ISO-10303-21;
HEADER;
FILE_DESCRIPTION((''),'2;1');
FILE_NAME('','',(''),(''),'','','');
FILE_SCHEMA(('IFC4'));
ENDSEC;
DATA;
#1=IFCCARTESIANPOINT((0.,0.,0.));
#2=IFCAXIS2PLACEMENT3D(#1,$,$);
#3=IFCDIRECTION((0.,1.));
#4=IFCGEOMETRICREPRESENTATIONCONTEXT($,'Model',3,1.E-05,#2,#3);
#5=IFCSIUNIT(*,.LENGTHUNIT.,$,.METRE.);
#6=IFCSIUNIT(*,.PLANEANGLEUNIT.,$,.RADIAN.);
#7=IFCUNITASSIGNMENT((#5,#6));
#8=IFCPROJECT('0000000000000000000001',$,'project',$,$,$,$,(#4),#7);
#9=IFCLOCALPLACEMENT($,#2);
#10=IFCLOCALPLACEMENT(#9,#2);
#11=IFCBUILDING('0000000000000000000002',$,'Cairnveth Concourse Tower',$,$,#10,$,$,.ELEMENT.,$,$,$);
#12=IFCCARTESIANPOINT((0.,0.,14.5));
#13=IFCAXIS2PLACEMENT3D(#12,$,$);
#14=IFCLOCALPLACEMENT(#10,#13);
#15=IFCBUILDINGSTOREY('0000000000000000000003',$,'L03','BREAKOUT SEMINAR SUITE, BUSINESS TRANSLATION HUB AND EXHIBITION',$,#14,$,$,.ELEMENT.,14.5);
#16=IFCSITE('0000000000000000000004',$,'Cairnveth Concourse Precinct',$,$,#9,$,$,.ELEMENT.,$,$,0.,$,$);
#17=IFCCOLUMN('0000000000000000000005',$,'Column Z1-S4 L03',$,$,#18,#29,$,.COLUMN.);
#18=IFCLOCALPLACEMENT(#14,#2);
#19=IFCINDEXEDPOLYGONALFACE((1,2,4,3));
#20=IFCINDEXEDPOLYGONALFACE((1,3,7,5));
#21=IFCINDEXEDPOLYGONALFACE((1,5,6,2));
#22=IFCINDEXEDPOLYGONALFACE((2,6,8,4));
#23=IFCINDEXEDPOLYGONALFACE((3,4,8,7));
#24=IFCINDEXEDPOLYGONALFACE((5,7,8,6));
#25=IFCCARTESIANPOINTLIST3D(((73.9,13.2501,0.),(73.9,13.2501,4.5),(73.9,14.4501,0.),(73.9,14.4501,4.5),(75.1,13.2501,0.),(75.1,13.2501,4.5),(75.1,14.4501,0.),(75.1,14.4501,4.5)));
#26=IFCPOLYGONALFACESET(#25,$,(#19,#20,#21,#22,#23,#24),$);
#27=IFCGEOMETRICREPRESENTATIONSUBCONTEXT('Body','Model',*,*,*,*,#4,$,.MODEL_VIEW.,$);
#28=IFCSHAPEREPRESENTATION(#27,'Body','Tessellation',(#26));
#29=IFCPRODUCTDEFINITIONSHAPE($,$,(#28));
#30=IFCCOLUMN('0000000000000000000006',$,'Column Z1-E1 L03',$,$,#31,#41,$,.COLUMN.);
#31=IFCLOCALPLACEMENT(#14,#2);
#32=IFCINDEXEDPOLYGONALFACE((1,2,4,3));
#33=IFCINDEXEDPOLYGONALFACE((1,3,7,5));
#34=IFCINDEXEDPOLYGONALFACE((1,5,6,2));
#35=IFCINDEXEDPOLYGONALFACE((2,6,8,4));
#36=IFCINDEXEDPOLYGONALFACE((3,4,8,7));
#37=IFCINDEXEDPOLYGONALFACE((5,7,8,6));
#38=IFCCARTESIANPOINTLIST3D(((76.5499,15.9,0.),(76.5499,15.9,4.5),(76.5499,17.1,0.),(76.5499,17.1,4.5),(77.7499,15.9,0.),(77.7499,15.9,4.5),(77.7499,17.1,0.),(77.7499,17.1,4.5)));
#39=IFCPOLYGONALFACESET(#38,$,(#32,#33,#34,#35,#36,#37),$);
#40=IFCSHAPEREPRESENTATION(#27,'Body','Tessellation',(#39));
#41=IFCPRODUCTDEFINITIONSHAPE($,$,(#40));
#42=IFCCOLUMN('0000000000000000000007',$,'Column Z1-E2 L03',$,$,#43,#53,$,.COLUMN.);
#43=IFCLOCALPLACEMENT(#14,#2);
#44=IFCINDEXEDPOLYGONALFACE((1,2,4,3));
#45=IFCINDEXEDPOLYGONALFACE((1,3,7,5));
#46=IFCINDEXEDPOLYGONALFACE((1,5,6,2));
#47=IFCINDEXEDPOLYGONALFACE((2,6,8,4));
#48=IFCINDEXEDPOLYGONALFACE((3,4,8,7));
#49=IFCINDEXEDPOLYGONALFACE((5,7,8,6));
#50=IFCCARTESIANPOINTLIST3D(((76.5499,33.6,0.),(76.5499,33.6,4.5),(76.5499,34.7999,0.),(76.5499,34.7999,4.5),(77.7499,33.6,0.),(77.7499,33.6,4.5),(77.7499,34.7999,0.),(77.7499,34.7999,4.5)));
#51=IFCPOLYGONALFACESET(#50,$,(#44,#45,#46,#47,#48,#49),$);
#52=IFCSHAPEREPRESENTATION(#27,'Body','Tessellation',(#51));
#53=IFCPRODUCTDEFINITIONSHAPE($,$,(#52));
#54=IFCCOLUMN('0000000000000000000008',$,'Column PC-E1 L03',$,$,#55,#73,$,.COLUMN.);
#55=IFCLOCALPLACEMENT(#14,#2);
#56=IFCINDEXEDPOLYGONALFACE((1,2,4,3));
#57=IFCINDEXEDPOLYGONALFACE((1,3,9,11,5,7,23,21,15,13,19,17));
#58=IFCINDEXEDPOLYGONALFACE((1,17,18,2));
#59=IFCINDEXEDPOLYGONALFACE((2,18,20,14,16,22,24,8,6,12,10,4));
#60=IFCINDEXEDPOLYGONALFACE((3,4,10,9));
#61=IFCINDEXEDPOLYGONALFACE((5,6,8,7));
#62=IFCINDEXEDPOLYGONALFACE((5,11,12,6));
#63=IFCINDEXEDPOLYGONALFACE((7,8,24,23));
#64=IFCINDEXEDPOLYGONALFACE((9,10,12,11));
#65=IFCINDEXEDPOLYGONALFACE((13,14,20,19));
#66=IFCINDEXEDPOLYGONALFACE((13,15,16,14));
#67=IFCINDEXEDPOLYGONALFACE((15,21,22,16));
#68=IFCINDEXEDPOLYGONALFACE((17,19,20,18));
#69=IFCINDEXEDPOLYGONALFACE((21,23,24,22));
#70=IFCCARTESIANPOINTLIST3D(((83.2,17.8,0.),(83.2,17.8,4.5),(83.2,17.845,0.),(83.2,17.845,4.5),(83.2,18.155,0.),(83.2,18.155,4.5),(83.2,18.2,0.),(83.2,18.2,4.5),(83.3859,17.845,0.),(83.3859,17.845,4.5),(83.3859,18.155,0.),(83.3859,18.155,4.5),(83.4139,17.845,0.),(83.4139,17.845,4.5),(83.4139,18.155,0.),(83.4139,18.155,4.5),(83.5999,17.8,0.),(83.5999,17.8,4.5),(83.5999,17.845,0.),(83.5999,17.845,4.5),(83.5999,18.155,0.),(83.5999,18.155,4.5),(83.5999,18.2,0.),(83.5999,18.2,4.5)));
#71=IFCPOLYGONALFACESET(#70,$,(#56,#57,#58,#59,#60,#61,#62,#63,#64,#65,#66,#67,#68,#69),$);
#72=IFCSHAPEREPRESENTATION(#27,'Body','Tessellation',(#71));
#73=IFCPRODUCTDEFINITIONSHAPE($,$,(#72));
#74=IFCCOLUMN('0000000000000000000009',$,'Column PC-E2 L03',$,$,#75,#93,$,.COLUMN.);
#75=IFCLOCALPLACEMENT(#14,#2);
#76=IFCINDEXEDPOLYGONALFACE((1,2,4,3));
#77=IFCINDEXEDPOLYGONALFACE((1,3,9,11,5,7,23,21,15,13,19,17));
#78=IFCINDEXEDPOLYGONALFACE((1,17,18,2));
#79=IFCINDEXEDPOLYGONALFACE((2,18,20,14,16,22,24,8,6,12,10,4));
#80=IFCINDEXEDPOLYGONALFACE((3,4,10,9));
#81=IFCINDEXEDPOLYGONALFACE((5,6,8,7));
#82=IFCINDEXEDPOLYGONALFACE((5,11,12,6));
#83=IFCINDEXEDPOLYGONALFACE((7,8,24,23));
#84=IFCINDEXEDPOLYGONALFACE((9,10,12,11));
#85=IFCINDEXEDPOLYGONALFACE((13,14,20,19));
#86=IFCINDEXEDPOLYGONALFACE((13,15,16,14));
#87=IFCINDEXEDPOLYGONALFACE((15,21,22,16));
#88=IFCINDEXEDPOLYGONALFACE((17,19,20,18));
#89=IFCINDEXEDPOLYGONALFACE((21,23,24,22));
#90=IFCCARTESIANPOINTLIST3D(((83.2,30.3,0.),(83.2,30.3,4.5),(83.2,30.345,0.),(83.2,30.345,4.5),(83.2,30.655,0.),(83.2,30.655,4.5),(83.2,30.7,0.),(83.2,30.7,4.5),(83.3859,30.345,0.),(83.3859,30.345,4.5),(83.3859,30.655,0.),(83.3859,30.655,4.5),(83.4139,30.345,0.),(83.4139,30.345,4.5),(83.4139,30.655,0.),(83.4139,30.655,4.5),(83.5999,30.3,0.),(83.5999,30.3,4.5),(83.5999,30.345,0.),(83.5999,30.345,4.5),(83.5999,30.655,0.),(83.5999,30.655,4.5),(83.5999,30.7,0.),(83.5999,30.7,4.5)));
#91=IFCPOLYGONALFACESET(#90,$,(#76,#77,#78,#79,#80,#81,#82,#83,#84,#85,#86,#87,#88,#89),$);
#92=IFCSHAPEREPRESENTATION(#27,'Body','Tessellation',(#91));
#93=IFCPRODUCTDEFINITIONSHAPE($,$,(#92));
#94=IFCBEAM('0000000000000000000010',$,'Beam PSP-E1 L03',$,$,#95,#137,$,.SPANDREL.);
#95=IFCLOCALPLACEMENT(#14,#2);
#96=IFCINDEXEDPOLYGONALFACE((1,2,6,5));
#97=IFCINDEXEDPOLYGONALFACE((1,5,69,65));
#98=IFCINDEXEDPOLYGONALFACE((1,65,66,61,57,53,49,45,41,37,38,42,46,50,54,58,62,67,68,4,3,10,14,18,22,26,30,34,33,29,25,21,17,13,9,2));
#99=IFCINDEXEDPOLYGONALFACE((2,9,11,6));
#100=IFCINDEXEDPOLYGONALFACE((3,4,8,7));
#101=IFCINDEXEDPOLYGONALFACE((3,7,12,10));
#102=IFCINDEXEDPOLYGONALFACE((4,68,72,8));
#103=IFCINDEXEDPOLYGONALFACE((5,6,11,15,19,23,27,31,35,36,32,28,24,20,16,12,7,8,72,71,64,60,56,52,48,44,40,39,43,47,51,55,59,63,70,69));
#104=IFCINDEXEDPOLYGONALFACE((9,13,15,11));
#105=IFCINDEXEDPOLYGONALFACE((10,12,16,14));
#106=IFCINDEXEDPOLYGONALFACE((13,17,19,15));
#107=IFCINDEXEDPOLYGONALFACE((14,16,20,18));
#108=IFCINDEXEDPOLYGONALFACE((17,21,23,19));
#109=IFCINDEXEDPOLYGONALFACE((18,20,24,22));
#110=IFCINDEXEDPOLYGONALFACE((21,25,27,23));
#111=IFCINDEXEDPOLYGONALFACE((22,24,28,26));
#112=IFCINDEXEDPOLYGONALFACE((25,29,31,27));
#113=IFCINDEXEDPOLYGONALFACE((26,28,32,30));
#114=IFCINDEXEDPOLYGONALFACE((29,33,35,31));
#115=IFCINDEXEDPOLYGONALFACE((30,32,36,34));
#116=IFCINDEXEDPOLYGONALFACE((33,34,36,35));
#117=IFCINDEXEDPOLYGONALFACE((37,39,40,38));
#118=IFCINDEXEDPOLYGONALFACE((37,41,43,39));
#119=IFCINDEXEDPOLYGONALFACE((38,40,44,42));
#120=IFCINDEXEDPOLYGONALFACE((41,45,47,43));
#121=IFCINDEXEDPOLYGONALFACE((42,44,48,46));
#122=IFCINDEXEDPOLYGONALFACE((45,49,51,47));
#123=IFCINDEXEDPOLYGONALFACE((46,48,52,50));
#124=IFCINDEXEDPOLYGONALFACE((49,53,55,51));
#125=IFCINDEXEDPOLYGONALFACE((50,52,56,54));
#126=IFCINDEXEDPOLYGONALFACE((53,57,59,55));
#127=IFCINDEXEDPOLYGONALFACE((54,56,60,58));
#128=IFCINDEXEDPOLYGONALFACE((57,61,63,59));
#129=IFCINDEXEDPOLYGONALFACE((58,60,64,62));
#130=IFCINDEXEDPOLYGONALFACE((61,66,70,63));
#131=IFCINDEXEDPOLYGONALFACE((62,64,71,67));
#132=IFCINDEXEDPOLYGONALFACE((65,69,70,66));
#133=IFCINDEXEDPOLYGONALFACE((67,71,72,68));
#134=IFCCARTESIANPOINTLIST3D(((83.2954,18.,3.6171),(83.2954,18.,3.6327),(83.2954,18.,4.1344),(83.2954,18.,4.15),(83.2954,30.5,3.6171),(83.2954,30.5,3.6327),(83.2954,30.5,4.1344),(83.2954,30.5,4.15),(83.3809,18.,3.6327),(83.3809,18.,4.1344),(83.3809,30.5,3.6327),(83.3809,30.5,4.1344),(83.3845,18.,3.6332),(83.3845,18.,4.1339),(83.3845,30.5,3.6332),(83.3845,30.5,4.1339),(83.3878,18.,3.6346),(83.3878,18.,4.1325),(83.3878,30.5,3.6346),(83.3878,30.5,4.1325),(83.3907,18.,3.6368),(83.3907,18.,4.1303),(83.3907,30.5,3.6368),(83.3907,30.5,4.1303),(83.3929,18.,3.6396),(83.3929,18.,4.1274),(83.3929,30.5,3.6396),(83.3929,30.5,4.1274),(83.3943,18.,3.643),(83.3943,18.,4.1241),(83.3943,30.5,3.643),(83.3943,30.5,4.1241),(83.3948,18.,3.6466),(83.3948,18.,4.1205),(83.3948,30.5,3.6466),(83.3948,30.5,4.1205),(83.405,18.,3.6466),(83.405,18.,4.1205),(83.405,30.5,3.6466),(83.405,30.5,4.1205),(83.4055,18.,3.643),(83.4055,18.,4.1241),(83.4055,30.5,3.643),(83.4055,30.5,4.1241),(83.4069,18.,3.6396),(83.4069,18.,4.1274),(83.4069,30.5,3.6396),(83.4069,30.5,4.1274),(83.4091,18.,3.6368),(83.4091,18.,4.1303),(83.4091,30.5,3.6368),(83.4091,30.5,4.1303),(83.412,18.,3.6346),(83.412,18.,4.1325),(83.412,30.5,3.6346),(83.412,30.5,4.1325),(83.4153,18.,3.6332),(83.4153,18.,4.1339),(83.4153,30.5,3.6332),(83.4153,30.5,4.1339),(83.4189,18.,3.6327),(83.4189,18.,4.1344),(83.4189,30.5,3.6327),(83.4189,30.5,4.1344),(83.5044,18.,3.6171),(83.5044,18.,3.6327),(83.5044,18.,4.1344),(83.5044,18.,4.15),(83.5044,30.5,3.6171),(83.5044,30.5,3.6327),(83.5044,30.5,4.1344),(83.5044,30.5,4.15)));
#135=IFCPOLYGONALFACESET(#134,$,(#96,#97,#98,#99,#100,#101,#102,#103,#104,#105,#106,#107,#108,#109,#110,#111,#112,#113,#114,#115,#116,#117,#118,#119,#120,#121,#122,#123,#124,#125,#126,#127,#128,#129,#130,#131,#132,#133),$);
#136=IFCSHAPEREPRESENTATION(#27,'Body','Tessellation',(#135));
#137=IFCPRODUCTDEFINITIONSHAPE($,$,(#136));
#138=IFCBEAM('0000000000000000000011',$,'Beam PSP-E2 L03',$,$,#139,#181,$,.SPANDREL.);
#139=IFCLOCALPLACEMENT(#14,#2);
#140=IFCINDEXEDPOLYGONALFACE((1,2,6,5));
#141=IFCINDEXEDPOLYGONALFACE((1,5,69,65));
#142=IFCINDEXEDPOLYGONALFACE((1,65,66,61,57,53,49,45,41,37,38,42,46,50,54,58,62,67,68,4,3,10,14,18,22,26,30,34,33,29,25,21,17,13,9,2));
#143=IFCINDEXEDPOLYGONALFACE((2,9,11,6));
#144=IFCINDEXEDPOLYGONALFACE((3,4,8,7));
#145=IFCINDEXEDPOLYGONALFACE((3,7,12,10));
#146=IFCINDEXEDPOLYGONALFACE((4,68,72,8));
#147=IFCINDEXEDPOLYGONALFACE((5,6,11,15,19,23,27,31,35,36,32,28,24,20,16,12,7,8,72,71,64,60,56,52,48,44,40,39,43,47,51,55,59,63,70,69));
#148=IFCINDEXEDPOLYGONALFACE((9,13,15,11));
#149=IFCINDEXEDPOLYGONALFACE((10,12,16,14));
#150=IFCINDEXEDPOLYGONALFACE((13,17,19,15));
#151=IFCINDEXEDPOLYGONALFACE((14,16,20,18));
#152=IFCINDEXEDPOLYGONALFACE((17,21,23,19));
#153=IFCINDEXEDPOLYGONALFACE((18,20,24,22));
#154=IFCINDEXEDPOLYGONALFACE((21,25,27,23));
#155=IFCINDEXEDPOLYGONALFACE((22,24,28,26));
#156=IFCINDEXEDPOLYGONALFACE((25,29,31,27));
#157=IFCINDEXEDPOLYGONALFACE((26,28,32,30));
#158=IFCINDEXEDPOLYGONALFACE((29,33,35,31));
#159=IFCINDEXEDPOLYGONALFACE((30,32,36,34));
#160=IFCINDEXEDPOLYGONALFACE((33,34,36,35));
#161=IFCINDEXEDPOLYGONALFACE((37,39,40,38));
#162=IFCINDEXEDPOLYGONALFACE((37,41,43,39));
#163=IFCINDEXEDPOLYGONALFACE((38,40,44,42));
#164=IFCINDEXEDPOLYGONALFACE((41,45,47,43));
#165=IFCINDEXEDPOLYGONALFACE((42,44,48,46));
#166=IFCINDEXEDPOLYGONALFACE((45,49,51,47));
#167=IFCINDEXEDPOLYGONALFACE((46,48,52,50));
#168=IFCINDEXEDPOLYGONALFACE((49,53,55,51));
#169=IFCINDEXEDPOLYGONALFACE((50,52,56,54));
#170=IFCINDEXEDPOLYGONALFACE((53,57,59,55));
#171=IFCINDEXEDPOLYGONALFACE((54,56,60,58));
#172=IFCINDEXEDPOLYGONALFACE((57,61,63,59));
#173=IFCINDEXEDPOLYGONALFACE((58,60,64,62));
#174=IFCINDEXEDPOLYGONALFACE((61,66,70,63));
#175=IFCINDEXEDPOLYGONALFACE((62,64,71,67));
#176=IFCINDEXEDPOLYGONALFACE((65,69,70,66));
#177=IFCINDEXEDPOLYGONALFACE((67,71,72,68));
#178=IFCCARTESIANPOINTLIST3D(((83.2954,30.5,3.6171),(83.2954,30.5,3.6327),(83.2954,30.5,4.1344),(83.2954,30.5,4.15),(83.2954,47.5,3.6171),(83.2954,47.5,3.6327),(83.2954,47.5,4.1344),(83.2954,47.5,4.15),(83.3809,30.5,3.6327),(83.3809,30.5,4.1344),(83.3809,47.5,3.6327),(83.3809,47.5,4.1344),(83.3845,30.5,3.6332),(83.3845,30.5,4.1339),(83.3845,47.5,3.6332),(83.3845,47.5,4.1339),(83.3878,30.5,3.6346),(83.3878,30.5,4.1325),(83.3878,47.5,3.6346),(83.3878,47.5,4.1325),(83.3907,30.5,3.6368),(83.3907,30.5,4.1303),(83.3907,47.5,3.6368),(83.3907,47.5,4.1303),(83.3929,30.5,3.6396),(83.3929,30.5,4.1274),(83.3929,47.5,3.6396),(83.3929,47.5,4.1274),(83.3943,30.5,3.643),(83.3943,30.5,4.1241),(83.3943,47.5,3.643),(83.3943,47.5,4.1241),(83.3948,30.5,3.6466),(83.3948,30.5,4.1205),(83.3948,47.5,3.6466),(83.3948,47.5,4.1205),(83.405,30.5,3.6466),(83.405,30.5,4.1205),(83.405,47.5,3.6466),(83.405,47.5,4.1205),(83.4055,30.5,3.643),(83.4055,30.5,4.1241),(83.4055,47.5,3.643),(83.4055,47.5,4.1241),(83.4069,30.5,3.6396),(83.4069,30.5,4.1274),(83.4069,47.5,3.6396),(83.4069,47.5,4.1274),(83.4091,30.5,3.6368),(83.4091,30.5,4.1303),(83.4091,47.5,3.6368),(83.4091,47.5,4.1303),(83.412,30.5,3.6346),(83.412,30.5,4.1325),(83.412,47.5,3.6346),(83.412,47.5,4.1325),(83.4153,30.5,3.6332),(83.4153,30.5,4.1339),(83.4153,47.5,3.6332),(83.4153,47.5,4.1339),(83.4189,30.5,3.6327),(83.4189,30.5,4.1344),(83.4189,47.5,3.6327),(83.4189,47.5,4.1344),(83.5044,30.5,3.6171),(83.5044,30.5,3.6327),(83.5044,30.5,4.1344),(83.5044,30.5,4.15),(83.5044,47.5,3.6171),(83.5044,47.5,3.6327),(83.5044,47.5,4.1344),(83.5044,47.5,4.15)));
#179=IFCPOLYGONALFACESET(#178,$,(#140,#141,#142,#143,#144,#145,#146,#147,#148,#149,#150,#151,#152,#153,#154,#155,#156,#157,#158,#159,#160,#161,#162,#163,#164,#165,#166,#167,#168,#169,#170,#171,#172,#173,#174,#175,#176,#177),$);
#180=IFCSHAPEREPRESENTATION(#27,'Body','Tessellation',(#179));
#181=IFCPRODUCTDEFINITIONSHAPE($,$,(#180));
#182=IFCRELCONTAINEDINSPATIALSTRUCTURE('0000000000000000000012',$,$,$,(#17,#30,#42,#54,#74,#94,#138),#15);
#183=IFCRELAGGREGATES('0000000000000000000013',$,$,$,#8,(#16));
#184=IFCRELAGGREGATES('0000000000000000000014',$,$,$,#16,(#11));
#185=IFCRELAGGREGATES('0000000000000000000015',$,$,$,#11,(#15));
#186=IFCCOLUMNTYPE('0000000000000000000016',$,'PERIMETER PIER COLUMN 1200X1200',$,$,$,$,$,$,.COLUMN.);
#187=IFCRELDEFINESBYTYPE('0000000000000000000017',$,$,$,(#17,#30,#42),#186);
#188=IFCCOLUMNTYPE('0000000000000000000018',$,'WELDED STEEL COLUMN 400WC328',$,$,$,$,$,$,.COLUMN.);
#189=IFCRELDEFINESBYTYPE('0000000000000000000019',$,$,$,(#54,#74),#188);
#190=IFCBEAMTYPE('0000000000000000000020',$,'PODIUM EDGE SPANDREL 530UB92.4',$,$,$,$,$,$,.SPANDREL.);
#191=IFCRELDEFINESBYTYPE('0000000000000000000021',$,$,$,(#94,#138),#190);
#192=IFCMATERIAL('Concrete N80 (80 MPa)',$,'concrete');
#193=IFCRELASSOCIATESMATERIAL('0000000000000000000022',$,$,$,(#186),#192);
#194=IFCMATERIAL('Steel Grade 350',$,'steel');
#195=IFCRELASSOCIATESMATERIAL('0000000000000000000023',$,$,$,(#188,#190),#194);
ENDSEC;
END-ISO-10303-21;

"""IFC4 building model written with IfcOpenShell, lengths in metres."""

from ifc_helpers import new_model, si_unit, direction, frame, origin, origin_2d, place, context, subcontext, project, spatial, rectangle, i_section, extrude, material, material_profile, profile_set, type_object, element, save


model = new_model("IFC4")

# Units and contexts
model_context = context("Model", 3, precision=1e-05, world=origin(), true_north=direction((0.0, 1.0)))
body_context = subcontext(model_context, "Body", "Model", "MODEL_VIEW")
ifc_project = project(units=[si_unit("LENGTHUNIT", "METRE"), si_unit("PLANEANGLEUNIT", "RADIAN")], contexts=[model_context])

# Site, building, storey
site_placement = place(None, origin())
site = spatial("IfcSite", under=ifc_project, at=site_placement, Name="Cairnveth Concourse Precinct", CompositionType="ELEMENT", RefElevation=0.0)
building_placement = place(site_placement, origin())
building = spatial("IfcBuilding", under=site, at=building_placement, Name="Cairnveth Concourse Tower", CompositionType="ELEMENT")
storey_placement = place(building_placement, frame((0.0, 0.0, 14.5)))
storey = spatial("IfcBuildingStorey", under=building, at=storey_placement, Name="L03", Description="BREAKOUT SEMINAR SUITE, BUSINESS TRANSLATION HUB AND EXHIBITION", CompositionType="ELEMENT", Elevation=14.5)

# Columns
ifc_material_1 = material(Name="Concrete N80 (80 MPa)", Category="concrete")
ifc_material_profile_1 = material_profile(ifc_material_1, rectangle(XDim=1.2, YDim=1.2, at=origin_2d()), Name="RC-COL-1200x1200")
ifc_profile_set_1 = profile_set([ifc_material_profile_1], Name="Concrete N80 (80 MPa)")
column_type_1 = type_object("IfcColumnType", Name="PERIMETER PIER COLUMN 1200X1200", PredefinedType="COLUMN", material=ifc_profile_set_1)
for number, where, z_axis, x_axis, name in (
    (1, (74.5, 13.8501, 0.0), (0.0, 0.0, 1.0), (1.0, 0.0, 0.0), "Column Z1-S4 L03"),
    (2, (77.1499, 16.5, 0.0), (0.0, 0.0, 1.0), (1.0, 0.0, 0.0), "Column Z1-E1 L03"),
    (3, (77.1499, 34.2, 0.0), (0.0, 0.0, 1.0), (1.0, 0.0, 0.0), "Column Z1-E2 L03"),
):
    element("IfcColumn", number, at=place(storey_placement, frame(where, z_axis=z_axis, x_axis=x_axis)), inside=storey, type_object=column_type_1, Name=name, PredefinedType="COLUMN", context=body_context, shape_type="SweptSolid", body=[
        extrude(rectangle(XDim=1.2, YDim=1.2, at=origin_2d()), origin(), (0.0, 0.0, 1.0), 4.5),
    ])
ifc_material_2 = material(Name="Steel Grade 350", Category="steel")
ifc_material_profile_2 = material_profile(ifc_material_2, i_section(OverallWidth=0.3999, OverallDepth=0.3999, WebThickness=0.0281, FlangeThickness=0.0449, at=origin_2d()), Name="400WC328")
ifc_profile_set_2 = profile_set([ifc_material_profile_2], Name="Steel Grade 350")
column_type_2 = type_object("IfcColumnType", Name="WELDED STEEL COLUMN 400WC328", PredefinedType="COLUMN", material=ifc_profile_set_2)
for number, where, z_axis, x_axis, name in (
    (4, (83.3999, 18.0, 0.0), (0.0, 0.0, 1.0), (1.0, 0.0, 0.0), "Column PC-E1 L03"),
    (5, (83.3999, 30.5, 0.0), (0.0, 0.0, 1.0), (1.0, 0.0, 0.0), "Column PC-E2 L03"),
):
    element("IfcColumn", number, at=place(storey_placement, frame(where, z_axis=z_axis, x_axis=x_axis)), inside=storey, type_object=column_type_2, Name=name, PredefinedType="COLUMN", context=body_context, shape_type="SweptSolid", body=[
        extrude(i_section(OverallWidth=0.3999, OverallDepth=0.3999, WebThickness=0.0281, FlangeThickness=0.0449, at=origin_2d()), origin(), (0.0, 0.0, 1.0), 4.5),
    ])

# Beams
ifc_material_profile_3 = material_profile(ifc_material_2, i_section(OverallWidth=0.209, OverallDepth=0.533, WebThickness=0.0103, FlangeThickness=0.0156, FilletRadius=0.0139, at=origin_2d()), Name="530UB92.4")
ifc_profile_set_3 = profile_set([ifc_material_profile_3], Name="Steel Grade 350")
beam_type_1 = type_object("IfcBeamType", Name="PODIUM EDGE SPANDREL 530UB92.4", PredefinedType="SPANDREL", material=ifc_profile_set_3)
beam_1_placement = place(storey_placement, frame((83.3999, 18.0, 3.8835), z_axis=(0.0, 1.0, 0.0), x_axis=(-1.0, 0.0, 0.0)))
element("IfcBeam", 6, at=beam_1_placement, inside=storey, type_object=beam_type_1, Name="Beam PSP-E1 L03", PredefinedType="SPANDREL", context=body_context, shape_type="SweptSolid", body=[
    extrude(i_section(OverallWidth=0.209, OverallDepth=0.533, WebThickness=0.0103, FlangeThickness=0.0156, FilletRadius=0.0139, at=origin_2d()), origin(), (0.0, 0.0, 1.0), 12.5),
])
beam_2_placement = place(storey_placement, frame((83.3999, 30.5, 3.8835), z_axis=(0.0, 1.0, 0.0), x_axis=(-1.0, 0.0, 0.0)))
element("IfcBeam", 7, at=beam_2_placement, inside=storey, type_object=beam_type_1, Name="Beam PSP-E2 L03", PredefinedType="SPANDREL", context=body_context, shape_type="SweptSolid", body=[
    extrude(i_section(OverallWidth=0.209, OverallDepth=0.533, WebThickness=0.0103, FlangeThickness=0.0156, FilletRadius=0.0139, at=origin_2d()), origin(), (0.0, 0.0, 1.0), 17.0),
])

save(model, "model.ifc")
